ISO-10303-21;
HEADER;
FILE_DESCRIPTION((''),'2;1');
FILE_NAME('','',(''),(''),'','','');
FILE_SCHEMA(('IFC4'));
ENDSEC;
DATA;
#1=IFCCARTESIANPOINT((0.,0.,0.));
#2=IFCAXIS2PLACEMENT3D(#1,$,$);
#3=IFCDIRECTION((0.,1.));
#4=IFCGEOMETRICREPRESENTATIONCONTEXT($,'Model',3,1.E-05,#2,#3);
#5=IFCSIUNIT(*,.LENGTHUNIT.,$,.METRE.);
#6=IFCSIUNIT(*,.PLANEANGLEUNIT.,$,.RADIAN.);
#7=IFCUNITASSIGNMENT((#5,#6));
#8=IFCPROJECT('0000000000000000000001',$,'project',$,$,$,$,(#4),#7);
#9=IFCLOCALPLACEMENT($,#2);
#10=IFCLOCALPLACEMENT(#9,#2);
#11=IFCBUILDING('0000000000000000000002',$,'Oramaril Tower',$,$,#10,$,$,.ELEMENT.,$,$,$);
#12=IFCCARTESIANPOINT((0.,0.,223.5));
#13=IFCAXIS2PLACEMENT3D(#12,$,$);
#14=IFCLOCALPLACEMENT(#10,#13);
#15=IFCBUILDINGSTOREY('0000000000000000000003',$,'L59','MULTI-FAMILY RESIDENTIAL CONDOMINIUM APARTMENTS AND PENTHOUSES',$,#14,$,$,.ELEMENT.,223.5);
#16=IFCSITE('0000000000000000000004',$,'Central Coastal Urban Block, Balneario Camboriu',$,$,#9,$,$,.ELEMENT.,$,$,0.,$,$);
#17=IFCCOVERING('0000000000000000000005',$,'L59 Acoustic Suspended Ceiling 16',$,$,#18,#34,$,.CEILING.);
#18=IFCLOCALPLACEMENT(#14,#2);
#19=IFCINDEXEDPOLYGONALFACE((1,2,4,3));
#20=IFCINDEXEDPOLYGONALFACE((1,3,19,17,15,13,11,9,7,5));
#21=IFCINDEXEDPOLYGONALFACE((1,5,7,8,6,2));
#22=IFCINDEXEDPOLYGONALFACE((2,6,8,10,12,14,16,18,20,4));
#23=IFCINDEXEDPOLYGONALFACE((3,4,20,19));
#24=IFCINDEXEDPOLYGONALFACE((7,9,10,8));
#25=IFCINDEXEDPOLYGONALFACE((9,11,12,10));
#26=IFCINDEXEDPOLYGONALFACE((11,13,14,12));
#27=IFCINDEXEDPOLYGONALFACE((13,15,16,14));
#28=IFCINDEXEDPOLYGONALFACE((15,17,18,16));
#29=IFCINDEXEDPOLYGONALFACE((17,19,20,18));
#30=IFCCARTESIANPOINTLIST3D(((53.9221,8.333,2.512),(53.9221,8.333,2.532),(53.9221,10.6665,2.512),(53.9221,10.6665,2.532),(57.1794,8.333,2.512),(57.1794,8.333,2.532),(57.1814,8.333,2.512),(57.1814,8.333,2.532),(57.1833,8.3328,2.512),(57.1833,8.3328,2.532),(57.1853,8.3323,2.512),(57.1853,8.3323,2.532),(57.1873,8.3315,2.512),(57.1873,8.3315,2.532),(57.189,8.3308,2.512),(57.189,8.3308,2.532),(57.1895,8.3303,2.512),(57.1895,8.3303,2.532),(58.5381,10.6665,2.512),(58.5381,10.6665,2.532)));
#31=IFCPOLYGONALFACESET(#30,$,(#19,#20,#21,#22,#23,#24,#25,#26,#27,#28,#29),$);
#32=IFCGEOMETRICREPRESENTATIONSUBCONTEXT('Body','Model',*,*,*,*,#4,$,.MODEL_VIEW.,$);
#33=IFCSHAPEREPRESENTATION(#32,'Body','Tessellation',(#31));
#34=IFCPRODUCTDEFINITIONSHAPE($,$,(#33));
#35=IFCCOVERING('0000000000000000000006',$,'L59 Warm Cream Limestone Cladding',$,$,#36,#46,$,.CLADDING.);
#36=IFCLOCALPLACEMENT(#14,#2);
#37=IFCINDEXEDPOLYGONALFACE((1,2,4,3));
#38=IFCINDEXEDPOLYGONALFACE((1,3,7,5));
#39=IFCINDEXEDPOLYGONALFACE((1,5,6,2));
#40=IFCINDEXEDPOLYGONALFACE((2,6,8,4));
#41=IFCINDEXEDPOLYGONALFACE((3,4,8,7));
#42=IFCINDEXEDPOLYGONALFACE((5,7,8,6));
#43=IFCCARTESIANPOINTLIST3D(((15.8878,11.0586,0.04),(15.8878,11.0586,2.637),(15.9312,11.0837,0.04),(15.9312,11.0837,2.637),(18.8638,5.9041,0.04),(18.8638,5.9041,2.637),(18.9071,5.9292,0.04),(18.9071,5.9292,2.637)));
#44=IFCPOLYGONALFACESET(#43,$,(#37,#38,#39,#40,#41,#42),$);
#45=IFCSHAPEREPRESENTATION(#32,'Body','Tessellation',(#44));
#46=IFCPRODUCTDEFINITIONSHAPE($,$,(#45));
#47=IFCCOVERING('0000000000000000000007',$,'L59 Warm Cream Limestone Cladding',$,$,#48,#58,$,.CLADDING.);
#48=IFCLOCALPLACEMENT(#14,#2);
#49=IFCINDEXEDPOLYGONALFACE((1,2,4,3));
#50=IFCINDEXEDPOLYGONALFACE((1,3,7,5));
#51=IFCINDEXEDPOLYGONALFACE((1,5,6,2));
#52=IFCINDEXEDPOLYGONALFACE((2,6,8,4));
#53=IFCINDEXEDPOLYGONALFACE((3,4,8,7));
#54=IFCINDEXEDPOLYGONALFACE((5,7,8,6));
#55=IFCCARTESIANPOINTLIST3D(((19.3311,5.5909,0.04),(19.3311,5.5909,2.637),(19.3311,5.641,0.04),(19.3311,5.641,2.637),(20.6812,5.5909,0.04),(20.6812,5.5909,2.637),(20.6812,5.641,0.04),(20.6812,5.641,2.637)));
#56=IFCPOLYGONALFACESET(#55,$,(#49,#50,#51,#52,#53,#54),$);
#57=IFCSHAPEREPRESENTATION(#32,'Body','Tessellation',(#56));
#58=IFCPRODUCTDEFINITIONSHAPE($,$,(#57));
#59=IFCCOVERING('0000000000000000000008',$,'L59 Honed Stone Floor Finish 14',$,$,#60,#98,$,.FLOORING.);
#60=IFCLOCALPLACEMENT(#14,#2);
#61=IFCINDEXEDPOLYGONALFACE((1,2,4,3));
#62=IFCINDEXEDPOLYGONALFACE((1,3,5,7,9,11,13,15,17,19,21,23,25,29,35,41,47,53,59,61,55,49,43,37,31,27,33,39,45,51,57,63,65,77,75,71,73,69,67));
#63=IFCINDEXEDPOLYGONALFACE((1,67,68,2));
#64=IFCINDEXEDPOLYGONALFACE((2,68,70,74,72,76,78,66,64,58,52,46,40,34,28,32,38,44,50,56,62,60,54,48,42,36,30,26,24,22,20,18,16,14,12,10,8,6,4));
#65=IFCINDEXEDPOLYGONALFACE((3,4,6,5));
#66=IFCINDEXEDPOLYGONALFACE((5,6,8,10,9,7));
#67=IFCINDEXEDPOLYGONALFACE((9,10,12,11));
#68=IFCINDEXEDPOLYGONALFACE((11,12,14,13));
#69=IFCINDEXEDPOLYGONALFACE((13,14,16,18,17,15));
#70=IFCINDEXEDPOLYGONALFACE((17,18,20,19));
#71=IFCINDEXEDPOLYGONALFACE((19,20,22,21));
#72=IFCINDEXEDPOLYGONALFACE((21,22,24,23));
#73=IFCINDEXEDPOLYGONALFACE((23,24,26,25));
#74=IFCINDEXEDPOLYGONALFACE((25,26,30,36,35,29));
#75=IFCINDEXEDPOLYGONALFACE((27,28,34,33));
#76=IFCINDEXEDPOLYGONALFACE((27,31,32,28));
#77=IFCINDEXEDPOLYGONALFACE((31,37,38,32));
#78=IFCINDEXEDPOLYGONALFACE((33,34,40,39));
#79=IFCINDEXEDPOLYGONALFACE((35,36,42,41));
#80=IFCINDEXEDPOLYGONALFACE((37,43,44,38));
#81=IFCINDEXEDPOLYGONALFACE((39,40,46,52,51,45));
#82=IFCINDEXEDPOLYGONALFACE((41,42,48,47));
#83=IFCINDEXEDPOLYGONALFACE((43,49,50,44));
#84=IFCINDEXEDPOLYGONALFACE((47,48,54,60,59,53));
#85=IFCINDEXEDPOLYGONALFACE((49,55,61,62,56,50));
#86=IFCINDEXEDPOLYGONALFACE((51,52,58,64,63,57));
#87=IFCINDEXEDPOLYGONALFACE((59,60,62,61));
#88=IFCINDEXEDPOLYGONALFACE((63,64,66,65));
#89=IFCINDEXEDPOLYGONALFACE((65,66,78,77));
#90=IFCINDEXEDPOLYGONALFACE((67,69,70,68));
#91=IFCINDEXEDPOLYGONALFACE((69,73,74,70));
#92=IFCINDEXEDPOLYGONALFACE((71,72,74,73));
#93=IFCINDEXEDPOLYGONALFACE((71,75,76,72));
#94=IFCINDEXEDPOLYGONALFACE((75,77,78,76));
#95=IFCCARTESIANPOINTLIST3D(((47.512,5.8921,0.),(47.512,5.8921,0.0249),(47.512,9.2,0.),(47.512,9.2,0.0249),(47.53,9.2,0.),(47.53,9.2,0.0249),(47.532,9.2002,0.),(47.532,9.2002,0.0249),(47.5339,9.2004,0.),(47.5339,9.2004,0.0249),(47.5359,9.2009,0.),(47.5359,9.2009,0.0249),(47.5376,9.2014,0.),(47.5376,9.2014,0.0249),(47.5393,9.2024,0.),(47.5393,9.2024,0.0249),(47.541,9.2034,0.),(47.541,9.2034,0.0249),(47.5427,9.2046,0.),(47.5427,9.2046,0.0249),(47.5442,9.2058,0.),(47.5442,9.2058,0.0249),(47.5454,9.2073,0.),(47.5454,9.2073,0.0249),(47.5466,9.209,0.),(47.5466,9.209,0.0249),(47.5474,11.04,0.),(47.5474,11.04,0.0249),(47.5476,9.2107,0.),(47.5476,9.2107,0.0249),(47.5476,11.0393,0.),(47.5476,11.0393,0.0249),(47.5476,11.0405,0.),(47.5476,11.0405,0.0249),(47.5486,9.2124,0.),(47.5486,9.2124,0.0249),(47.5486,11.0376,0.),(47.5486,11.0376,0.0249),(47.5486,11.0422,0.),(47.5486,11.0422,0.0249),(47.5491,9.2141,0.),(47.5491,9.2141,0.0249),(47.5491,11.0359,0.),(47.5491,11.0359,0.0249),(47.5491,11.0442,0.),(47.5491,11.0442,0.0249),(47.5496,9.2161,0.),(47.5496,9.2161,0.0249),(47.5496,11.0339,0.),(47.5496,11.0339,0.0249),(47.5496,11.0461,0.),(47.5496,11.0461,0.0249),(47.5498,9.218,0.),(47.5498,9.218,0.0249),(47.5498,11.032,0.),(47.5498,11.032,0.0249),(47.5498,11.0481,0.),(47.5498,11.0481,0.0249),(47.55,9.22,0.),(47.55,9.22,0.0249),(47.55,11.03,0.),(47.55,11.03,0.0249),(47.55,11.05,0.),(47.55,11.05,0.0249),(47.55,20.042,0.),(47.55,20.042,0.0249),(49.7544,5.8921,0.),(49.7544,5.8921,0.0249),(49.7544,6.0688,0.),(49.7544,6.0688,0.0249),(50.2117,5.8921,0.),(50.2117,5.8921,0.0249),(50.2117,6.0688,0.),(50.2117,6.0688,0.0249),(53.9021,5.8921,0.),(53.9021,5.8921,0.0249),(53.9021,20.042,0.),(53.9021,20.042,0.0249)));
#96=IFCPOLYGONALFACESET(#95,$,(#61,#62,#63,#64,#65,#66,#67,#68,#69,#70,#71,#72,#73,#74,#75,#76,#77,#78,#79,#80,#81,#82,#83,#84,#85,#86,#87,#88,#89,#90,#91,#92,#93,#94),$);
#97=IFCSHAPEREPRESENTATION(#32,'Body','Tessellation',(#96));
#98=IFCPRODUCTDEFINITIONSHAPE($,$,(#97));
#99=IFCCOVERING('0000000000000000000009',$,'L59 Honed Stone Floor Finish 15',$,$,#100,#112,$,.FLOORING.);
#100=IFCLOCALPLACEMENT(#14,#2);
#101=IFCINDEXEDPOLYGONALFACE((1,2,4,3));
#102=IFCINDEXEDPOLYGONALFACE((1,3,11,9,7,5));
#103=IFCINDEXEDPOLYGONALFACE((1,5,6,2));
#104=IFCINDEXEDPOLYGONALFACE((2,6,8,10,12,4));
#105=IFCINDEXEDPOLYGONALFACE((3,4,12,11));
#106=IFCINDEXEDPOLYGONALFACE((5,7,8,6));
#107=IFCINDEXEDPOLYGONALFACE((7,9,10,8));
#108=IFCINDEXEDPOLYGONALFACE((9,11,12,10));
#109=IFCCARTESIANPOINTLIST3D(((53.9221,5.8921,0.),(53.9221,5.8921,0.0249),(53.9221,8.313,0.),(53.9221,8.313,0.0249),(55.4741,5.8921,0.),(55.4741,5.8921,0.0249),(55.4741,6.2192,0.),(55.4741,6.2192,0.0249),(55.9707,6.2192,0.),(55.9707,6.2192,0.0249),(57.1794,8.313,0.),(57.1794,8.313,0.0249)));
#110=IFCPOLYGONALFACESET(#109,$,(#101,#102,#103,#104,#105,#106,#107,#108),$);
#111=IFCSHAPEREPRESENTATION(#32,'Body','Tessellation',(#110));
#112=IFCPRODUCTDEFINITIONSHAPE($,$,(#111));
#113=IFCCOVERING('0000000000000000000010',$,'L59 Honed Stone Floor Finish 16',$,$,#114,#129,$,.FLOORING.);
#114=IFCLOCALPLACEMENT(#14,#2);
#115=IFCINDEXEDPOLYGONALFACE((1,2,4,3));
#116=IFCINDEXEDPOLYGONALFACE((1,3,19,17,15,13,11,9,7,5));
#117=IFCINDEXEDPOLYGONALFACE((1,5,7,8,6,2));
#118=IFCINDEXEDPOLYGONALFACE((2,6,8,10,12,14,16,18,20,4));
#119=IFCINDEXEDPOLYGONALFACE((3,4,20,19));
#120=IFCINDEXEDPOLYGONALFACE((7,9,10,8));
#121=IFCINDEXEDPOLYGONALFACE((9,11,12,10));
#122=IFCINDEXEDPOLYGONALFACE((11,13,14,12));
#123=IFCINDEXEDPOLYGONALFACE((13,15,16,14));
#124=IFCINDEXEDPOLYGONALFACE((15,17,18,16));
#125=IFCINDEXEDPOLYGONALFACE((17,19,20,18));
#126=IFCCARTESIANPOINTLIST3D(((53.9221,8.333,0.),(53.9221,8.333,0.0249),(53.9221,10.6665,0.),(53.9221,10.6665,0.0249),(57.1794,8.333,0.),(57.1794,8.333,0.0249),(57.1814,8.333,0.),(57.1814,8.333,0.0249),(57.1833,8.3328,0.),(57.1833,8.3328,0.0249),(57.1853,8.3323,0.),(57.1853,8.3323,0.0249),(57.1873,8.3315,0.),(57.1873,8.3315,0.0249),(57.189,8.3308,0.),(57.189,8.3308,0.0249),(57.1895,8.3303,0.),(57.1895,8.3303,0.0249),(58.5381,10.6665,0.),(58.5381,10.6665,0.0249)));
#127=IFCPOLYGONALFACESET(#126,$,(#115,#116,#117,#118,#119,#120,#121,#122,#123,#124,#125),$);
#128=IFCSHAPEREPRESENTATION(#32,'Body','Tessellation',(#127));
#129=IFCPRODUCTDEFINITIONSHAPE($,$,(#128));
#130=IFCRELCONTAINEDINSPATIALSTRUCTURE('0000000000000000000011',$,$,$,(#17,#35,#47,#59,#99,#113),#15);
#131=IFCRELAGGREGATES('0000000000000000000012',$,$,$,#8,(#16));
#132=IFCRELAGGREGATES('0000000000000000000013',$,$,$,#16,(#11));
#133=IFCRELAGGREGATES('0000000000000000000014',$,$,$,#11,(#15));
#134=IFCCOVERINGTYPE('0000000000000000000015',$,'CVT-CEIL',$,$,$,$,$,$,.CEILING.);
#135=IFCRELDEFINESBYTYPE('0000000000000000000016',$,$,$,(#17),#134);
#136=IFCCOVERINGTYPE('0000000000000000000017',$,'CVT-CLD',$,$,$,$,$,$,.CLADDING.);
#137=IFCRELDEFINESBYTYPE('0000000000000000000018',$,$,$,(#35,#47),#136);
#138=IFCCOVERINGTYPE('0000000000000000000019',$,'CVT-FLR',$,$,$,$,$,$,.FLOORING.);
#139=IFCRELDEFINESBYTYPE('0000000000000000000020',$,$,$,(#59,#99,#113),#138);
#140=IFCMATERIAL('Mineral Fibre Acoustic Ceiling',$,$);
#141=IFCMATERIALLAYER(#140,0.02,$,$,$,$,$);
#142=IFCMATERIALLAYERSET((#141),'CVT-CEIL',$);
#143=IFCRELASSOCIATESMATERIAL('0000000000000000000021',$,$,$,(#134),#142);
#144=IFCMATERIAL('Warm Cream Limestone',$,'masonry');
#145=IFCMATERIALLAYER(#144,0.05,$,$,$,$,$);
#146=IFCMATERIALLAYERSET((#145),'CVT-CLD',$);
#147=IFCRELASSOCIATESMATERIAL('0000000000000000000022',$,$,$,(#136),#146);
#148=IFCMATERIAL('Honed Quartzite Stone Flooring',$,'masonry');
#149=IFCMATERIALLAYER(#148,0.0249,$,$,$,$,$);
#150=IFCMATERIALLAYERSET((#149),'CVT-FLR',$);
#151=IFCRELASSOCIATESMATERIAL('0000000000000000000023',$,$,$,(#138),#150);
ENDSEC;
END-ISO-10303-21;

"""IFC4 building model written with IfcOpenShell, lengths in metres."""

from ifc_helpers import new_model, si_unit, direction, frame, origin, origin_2d, place, context, subcontext, project, spatial, polyline, rectangle, outline, extrude, material, layer, layer_set, type_object, element, save


model = new_model("IFC4")

# Units and contexts
model_context = context("Model", 3, precision=1e-05, world=origin(), true_north=direction((0.0, 1.0)))
body_context = subcontext(model_context, "Body", "Model", "MODEL_VIEW")
ifc_project = project(units=[si_unit("LENGTHUNIT", "METRE"), si_unit("PLANEANGLEUNIT", "RADIAN")], contexts=[model_context])

# Site, building, storey
site_placement = place(None, origin())
site = spatial("IfcSite", under=ifc_project, at=site_placement, Name="Central Coastal Urban Block, Balneario Camboriu", CompositionType="ELEMENT", RefElevation=0.0)
building_placement = place(site_placement, origin())
building = spatial("IfcBuilding", under=site, at=building_placement, Name="Oramaril Tower", CompositionType="ELEMENT")
storey_placement = place(building_placement, frame((0.0, 0.0, 223.5)))
storey = spatial("IfcBuildingStorey", under=building, at=storey_placement, Name="L59", Description="MULTI-FAMILY RESIDENTIAL CONDOMINIUM APARTMENTS AND PENTHOUSES", CompositionType="ELEMENT", Elevation=223.5)

# Coverings
ifc_material_1 = material(Name="Mineral Fibre Acoustic Ceiling")
ifc_layer_1 = layer(ifc_material_1, 0.02)
ifc_layer_set_1 = layer_set([ifc_layer_1], Name="CVT-CEIL")
covering_type_1 = type_object("IfcCoveringType", Name="CVT-CEIL", PredefinedType="CEILING", material=ifc_layer_set_1)
covering_1_placement = place(storey_placement, frame((0.0, 0.0, 2.512)))
element("IfcCovering", 1, at=covering_1_placement, inside=storey, type_object=covering_type_1, Name="L59 Acoustic Suspended Ceiling 16", PredefinedType="CEILING", context=body_context, shape_type="SweptSolid", body=[
    extrude(outline(polyline([(57.1895, 8.3303), (57.189, 8.3308), (57.1873, 8.3315), (57.1853, 8.3323), (57.1833, 8.3328), (57.1814, 8.333), (57.1794, 8.333), (53.9221, 8.333), (53.9221, 10.6665), (58.5381, 10.6665), (57.1895, 8.3303)])), origin(), (0.0, 0.0, 1.0), 0.02),
])
ifc_material_2 = material(Name="Warm Cream Limestone", Category="masonry")
ifc_layer_2 = layer(ifc_material_2, 0.05)
ifc_layer_set_2 = layer_set([ifc_layer_2], Name="CVT-CLD")
covering_type_2 = type_object("IfcCoveringType", Name="CVT-CLD", PredefinedType="CLADDING", material=ifc_layer_set_2)
covering_2_placement = place(storey_placement, frame((17.3975, 8.4939, 0.04), z_axis=(0.0, 0.0, 1.0), x_axis=(0.5, -0.866025, 0.0)))
element("IfcCovering", 2, at=covering_2_placement, inside=storey, type_object=covering_type_2, Name="L59 Warm Cream Limestone Cladding", PredefinedType="CLADDING", context=body_context, shape_type="SweptSolid", body=[
    extrude(rectangle(XDim=5.9519, YDim=0.05, at=origin_2d()), origin(), (0.0, 0.0, 1.0), 2.5969),
])
covering_3_placement = place(storey_placement, frame((20.0061, 5.616, 0.04), z_axis=(0.0, 0.0, 1.0), x_axis=(1.0, 0.0, 0.0)))
element("IfcCovering", 3, at=covering_3_placement, inside=storey, type_object=covering_type_2, Name="L59 Warm Cream Limestone Cladding", PredefinedType="CLADDING", context=body_context, shape_type="SweptSolid", body=[
    extrude(rectangle(XDim=1.3501, YDim=0.05, at=origin_2d()), origin(), (0.0, 0.0, 1.0), 2.5969),
])
ifc_material_3 = material(Name="Honed Quartzite Stone Flooring", Category="masonry")
ifc_layer_3 = layer(ifc_material_3, 0.0249)
ifc_layer_set_3 = layer_set([ifc_layer_3], Name="CVT-FLR")
covering_type_3 = type_object("IfcCoveringType", Name="CVT-FLR", PredefinedType="FLOORING", material=ifc_layer_set_3)
covering_4_placement = place(storey_placement, origin())
element("IfcCovering", 4, at=covering_4_placement, inside=storey, type_object=covering_type_3, Name="L59 Honed Stone Floor Finish 14", PredefinedType="FLOORING", context=body_context, shape_type="SweptSolid", body=[
    extrude(outline(polyline([(53.9021, 20.042), (53.9021, 5.8921), (50.2117, 5.8921), (50.2117, 6.0688), (49.7544, 6.0688), (49.7544, 5.8921), (47.512, 5.8921), (47.512, 9.2), (47.53, 9.2), (47.532, 9.2002), (47.5339, 9.2004), (47.5359, 9.2009), (47.5376, 9.2014), (47.5393, 9.2024), (47.541, 9.2034), (47.5427, 9.2046), (47.5442, 9.2058), (47.5454, 9.2073), (47.5466, 9.209), (47.5476, 9.2107), (47.5486, 9.2124), (47.5491, 9.2141), (47.5496, 9.2161), (47.5498, 9.218), (47.55, 9.22), (47.55, 11.03), (47.5498, 11.032), (47.5496, 11.0339), (47.5491, 11.0359), (47.5486, 11.0376), (47.5476, 11.0393), (47.5474, 11.04), (47.5476, 11.0405), (47.5486, 11.0422), (47.5491, 11.0442), (47.5496, 11.0461), (47.5498, 11.0481), (47.55, 11.05), (47.55, 20.042), (53.9021, 20.042)])), origin(), (0.0, 0.0, 1.0), 0.0249),
])
covering_5_placement = place(storey_placement, origin())
element("IfcCovering", 5, at=covering_5_placement, inside=storey, type_object=covering_type_3, Name="L59 Honed Stone Floor Finish 15", PredefinedType="FLOORING", context=body_context, shape_type="SweptSolid", body=[
    extrude(outline(polyline([(55.9707, 6.2192), (55.4741, 6.2192), (55.4741, 5.8921), (53.9221, 5.8921), (53.9221, 8.313), (57.1794, 8.313), (55.9707, 6.2192)])), origin(), (0.0, 0.0, 1.0), 0.0249),
])
covering_6_placement = place(storey_placement, origin())
element("IfcCovering", 6, at=covering_6_placement, inside=storey, type_object=covering_type_3, Name="L59 Honed Stone Floor Finish 16", PredefinedType="FLOORING", context=body_context, shape_type="SweptSolid", body=[
    extrude(outline(polyline([(57.1895, 8.3303), (57.189, 8.3308), (57.1873, 8.3315), (57.1853, 8.3323), (57.1833, 8.3328), (57.1814, 8.333), (57.1794, 8.333), (53.9221, 8.333), (53.9221, 10.6665), (58.5381, 10.6665), (57.1895, 8.3303)])), origin(), (0.0, 0.0, 1.0), 0.0249),
])

save(model, "model.ifc")
